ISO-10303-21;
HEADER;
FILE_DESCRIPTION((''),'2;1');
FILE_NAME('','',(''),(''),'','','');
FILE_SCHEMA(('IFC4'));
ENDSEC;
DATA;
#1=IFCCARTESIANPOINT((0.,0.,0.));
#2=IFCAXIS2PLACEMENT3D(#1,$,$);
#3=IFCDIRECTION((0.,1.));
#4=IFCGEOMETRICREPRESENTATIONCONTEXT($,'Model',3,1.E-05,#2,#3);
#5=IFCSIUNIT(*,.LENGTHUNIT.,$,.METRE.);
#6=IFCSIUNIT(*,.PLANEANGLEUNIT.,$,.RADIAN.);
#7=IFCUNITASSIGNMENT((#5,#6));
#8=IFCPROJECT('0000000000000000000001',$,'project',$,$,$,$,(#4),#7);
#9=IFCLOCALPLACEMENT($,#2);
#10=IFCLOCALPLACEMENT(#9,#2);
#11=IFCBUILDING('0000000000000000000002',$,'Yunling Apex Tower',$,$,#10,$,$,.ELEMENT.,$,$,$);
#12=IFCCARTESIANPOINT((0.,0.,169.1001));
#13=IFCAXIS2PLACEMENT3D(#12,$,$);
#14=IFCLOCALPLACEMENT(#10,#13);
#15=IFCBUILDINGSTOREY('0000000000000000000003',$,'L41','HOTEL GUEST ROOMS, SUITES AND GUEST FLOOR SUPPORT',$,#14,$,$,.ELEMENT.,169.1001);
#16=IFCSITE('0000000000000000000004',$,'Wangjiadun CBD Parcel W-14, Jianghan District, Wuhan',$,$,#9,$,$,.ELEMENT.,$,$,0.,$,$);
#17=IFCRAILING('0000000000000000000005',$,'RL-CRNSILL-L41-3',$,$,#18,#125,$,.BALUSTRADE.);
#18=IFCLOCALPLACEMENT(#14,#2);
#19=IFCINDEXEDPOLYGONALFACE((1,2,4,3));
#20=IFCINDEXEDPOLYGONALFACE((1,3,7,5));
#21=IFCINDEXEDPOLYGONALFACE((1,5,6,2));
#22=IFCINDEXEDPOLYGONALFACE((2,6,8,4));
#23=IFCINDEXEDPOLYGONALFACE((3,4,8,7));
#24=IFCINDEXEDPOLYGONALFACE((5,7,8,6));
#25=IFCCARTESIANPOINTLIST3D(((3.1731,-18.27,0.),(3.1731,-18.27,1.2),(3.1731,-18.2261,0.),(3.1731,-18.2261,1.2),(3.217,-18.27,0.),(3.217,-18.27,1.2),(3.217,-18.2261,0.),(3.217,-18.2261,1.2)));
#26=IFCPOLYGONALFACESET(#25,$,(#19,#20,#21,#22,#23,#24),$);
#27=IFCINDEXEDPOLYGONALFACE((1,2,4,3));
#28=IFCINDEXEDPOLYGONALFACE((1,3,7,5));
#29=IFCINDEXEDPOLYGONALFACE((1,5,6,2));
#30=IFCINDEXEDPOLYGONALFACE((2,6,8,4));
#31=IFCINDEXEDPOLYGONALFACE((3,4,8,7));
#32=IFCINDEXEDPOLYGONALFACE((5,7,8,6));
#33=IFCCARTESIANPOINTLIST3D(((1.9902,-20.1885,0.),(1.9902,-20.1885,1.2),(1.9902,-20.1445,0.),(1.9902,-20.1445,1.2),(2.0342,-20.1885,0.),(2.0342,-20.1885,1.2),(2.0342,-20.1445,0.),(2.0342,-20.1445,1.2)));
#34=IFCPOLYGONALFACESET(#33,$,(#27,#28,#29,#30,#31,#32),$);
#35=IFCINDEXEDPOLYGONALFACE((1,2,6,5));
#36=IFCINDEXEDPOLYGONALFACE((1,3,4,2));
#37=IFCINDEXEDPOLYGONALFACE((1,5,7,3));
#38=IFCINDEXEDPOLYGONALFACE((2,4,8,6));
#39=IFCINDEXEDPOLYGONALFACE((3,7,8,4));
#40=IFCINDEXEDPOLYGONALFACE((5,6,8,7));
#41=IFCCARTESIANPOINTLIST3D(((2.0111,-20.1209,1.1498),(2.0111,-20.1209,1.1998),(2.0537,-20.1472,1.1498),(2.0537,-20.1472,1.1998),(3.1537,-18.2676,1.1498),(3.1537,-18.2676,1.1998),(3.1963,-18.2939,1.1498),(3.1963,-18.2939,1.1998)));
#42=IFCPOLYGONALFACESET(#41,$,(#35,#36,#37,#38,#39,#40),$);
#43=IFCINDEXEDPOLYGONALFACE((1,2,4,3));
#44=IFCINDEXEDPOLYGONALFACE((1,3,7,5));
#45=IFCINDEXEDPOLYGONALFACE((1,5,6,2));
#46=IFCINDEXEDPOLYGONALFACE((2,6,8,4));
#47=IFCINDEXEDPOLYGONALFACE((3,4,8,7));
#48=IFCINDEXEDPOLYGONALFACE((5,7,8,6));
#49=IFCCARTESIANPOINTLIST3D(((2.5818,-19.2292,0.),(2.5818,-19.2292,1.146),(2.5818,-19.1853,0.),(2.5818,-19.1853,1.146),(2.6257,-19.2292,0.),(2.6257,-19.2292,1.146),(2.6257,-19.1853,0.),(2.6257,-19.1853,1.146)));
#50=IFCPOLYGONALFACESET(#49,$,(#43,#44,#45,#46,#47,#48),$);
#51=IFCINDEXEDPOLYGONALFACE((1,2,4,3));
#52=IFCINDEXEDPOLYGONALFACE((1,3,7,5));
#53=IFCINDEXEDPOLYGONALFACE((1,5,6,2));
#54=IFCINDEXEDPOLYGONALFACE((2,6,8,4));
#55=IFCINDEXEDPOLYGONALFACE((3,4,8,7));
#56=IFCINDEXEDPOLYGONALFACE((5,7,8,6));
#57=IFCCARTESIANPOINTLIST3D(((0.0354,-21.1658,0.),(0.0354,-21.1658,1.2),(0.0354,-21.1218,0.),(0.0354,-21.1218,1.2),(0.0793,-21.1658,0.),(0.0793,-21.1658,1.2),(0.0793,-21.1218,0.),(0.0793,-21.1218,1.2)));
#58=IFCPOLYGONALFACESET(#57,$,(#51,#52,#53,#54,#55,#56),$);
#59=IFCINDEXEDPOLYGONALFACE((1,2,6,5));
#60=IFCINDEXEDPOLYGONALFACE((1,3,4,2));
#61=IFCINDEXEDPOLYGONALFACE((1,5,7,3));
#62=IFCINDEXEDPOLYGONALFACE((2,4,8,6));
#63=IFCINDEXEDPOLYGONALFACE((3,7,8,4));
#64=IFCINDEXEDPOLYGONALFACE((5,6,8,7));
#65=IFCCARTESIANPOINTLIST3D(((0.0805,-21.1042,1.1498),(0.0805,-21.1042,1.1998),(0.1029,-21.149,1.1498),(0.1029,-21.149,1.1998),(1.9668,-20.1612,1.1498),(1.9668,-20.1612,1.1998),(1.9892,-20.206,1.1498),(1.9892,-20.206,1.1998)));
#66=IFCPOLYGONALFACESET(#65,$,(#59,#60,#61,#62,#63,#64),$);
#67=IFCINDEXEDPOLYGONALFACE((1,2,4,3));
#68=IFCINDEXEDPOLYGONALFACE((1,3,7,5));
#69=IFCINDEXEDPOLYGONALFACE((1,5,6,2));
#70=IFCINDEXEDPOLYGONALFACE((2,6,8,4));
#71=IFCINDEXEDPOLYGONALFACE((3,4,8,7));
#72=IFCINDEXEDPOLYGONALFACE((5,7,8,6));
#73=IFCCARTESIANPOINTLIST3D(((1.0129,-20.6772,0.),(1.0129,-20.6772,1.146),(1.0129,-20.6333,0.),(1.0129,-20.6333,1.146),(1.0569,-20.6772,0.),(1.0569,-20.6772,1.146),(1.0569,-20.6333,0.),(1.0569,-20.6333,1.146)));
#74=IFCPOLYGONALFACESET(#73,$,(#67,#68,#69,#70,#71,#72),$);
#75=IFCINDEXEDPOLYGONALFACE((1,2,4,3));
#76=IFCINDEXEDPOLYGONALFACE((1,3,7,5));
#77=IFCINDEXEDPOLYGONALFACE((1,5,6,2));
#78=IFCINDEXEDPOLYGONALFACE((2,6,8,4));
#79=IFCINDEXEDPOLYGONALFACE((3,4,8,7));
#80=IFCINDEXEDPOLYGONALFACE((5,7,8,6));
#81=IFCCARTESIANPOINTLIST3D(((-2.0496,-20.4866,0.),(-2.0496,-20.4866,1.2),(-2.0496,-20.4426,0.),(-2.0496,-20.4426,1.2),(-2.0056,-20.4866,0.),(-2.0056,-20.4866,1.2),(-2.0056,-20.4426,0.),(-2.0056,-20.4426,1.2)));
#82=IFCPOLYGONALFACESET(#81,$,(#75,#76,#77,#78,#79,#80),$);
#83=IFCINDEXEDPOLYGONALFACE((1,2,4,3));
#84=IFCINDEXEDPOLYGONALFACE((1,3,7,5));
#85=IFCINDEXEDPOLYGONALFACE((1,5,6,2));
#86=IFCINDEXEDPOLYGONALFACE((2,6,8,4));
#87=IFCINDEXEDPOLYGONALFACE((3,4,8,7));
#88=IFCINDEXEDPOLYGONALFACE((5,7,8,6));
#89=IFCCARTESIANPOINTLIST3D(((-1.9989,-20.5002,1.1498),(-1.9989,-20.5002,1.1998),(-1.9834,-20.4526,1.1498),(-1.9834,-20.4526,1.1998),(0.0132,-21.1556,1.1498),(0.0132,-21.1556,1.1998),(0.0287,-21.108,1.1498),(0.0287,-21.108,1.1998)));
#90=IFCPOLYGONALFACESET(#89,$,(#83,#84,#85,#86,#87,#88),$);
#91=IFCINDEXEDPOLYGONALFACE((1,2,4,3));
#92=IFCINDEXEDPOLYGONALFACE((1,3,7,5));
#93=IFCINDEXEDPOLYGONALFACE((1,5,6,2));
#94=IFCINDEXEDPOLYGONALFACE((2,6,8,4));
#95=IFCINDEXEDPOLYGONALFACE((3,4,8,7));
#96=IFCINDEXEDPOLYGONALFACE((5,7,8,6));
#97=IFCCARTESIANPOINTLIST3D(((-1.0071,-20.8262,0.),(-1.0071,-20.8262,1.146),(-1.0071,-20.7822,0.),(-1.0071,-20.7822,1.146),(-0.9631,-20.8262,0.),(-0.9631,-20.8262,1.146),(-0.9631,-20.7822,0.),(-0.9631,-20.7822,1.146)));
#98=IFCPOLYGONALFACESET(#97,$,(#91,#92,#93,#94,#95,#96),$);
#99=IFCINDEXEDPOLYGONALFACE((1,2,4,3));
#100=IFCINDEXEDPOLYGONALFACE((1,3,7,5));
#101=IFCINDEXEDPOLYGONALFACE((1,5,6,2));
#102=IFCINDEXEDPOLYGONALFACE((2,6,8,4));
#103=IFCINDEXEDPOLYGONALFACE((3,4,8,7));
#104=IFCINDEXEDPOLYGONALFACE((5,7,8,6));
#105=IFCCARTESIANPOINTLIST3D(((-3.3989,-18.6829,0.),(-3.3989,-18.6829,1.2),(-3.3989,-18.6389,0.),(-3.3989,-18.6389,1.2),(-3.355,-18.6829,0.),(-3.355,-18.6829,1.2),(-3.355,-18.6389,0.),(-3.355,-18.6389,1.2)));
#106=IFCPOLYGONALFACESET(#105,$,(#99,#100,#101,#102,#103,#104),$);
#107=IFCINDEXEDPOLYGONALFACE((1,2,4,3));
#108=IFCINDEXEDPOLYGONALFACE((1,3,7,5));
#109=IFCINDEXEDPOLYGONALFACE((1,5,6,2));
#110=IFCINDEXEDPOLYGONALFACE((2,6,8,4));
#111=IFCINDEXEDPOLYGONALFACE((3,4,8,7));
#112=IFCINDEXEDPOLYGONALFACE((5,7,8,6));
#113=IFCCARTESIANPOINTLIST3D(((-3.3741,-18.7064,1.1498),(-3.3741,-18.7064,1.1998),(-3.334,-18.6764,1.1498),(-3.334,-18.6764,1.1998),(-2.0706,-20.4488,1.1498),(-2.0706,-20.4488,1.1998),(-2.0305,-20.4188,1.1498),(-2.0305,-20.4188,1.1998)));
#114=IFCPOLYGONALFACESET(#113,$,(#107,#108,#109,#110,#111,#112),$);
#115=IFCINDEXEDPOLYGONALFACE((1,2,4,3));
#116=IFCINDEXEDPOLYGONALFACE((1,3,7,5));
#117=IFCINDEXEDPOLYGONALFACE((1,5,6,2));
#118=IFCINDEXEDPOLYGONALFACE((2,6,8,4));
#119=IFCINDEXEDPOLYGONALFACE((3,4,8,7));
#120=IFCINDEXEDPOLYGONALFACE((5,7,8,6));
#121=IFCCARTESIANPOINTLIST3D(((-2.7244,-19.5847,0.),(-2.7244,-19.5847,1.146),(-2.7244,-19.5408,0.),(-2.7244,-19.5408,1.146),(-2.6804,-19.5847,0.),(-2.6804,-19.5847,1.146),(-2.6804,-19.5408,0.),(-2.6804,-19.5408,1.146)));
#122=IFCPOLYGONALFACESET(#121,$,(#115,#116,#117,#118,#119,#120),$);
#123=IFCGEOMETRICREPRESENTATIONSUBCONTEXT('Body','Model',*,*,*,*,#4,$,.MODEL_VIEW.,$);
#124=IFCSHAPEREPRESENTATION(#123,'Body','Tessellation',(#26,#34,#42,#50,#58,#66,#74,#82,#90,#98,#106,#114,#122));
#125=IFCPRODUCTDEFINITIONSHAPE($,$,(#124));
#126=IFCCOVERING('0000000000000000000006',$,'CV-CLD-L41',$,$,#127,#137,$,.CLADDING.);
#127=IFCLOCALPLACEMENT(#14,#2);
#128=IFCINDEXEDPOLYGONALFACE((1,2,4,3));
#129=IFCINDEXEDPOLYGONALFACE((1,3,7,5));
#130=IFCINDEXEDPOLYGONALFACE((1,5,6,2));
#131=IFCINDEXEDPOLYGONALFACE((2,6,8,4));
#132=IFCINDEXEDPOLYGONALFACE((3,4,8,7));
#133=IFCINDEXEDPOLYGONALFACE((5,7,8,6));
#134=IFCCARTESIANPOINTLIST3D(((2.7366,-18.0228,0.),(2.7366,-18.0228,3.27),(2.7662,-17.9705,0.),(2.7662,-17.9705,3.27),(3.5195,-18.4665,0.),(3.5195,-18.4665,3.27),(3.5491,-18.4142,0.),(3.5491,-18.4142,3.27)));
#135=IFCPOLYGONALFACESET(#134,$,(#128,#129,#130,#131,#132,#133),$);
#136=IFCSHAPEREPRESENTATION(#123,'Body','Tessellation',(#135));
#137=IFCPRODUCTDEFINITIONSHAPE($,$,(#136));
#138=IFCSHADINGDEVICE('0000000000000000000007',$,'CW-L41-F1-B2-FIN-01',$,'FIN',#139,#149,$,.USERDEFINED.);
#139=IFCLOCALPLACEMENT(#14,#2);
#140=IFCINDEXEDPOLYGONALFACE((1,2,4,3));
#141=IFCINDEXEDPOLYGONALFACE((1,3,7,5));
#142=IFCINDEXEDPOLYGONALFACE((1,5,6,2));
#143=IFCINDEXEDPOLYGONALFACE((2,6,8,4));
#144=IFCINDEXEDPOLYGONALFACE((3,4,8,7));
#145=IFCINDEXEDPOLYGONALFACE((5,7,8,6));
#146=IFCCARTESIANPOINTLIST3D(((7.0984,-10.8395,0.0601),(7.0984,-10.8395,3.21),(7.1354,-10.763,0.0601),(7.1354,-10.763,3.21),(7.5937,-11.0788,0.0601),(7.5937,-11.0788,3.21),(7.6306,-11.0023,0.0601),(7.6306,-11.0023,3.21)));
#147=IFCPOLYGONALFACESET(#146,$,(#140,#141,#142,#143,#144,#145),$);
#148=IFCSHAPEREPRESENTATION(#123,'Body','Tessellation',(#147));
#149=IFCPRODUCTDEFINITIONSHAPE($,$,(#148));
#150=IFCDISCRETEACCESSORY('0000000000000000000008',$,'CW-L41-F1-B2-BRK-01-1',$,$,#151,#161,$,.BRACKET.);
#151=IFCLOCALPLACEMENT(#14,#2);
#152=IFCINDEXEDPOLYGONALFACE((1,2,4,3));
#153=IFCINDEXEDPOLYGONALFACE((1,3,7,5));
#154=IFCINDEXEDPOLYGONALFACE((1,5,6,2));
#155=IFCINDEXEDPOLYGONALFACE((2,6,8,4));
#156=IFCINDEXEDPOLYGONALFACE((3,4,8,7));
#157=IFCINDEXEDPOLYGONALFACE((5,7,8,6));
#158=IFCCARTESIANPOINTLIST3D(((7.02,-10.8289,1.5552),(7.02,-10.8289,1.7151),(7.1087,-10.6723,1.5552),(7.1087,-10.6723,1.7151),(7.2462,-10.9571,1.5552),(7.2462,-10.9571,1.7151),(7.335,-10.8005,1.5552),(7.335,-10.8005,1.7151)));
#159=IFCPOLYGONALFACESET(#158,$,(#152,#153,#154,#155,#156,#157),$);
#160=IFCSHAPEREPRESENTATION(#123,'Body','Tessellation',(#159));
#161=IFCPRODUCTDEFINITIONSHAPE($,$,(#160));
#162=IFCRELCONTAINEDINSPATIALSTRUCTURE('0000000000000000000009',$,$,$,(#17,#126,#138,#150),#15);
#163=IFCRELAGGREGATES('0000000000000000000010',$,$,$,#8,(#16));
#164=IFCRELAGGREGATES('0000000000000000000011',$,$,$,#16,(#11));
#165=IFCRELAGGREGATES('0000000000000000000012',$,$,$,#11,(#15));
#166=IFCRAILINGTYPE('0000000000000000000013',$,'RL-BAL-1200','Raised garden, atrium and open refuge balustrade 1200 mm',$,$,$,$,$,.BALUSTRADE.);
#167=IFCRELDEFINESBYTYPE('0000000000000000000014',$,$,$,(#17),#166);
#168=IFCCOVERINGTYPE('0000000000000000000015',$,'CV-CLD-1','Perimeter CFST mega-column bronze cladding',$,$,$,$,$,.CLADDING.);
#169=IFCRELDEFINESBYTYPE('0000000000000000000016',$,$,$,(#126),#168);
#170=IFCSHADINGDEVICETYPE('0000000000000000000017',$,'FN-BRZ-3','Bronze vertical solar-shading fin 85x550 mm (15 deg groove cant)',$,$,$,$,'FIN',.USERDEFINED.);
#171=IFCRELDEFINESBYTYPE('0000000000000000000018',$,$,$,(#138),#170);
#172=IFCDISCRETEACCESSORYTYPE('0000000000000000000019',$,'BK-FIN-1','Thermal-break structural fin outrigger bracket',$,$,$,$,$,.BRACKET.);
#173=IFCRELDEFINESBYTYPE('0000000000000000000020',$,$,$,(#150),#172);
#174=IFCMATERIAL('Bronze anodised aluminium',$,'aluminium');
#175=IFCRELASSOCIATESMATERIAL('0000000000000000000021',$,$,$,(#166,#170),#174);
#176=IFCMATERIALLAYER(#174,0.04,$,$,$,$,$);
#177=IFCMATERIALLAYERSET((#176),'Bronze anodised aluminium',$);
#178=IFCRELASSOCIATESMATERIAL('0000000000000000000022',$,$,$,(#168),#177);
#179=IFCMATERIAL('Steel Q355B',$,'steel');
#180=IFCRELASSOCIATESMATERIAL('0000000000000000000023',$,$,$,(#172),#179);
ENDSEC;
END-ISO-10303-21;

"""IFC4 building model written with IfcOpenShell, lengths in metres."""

from ifc_helpers import new_model, si_unit, direction, frame, origin, origin_2d, place, context, subcontext, project, spatial, rectangle, extrude, source, transform, mapped, material, layer, layer_set, material_profile, profile_set, type_object, element, save


model = new_model("IFC4")

# Units and contexts
model_context = context("Model", 3, precision=1e-05, world=origin(), true_north=direction((0.0, 1.0)))
body_context = subcontext(model_context, "Body", "Model", "MODEL_VIEW")
ifc_project = project(units=[si_unit("LENGTHUNIT", "METRE"), si_unit("PLANEANGLEUNIT", "RADIAN")], contexts=[model_context])

# Site, building, storey
site_placement = place(None, origin())
site = spatial("IfcSite", under=ifc_project, at=site_placement, Name="Wangjiadun CBD Parcel W-14, Jianghan District, Wuhan", CompositionType="ELEMENT", RefElevation=0.0)
building_placement = place(site_placement, origin())
building = spatial("IfcBuilding", under=site, at=building_placement, Name="Yunling Apex Tower", CompositionType="ELEMENT")
storey_placement = place(building_placement, frame((0.0, 0.0, 169.1001)))
storey = spatial("IfcBuildingStorey", under=building, at=storey_placement, Name="L41", Description="HOTEL GUEST ROOMS, SUITES AND GUEST FLOOR SUPPORT", CompositionType="ELEMENT", Elevation=169.1001)

# Shared definitions
ifc_material_1 = material(Name="Steel Q355B", Category="steel")

# Shared definitions
ifc_material_2 = material(Name="Bronze anodised aluminium", Category="aluminium")

# Railing
railing_type = type_object("IfcRailingType", Name="RL-BAL-1200", Description="Raised garden, atrium and open refuge balustrade 1200 mm", PredefinedType="BALUSTRADE", material=ifc_material_2)
railing_placement = place(storey_placement, frame((3.1951, -18.248, 0.0)))
element("IfcRailing", 1, at=railing_placement, inside=storey, type_object=railing_type, Name="RL-CRNSILL-L41-3", PredefinedType="BALUSTRADE", context=body_context, shape_type="SweptSolid", body=[
    extrude(rectangle(XDim=0.0439, YDim=0.0439, at=origin_2d()), origin(), (0.0, 0.0, 1.0), 1.2),
    extrude(rectangle(XDim=0.0439, YDim=0.0439, at=origin_2d()), frame((-1.1829, -1.9185, 0.0)), (0.0, 0.0, 1.0), 1.2),
    extrude(rectangle(XDim=0.05, YDim=0.05, at=origin_2d()), frame((-0.02, -0.0327, 1.1748), z_axis=(-0.524829, -0.851208, 0.0), x_axis=(0.851208, -0.524829, 0.0)), (0.0, 0.0, 1.0), 2.1772),
    extrude(rectangle(XDim=0.0439, YDim=0.0439, at=origin_2d()), frame((-0.5913, -0.9592, 0.0)), (0.0, 0.0, 1.0), 1.146),
    extrude(rectangle(XDim=0.0439, YDim=0.0439, at=origin_2d()), frame((-3.1377, -2.8958, 0.0)), (0.0, 0.0, 1.0), 1.2),
    extrude(rectangle(XDim=0.05, YDim=0.05, at=origin_2d()), frame((-1.217, -1.9355, 1.1748), z_axis=(-0.89445, -0.447169, 0.0), x_axis=(0.447169, -0.89445, 0.0)), (0.0, 0.0, 1.0), 2.1089),
    extrude(rectangle(XDim=0.0439, YDim=0.0439, at=origin_2d()), frame((-2.1602, -2.4072, 0.0)), (0.0, 0.0, 1.0), 1.146),
    extrude(rectangle(XDim=0.0439, YDim=0.0439, at=origin_2d()), frame((-5.2227, -2.2166, 0.0)), (0.0, 0.0, 1.0), 1.2),
    extrude(rectangle(XDim=0.05, YDim=0.05, at=origin_2d()), frame((-3.1741, -2.8838, 1.1748), z_axis=(-0.950821, 0.309741, 0.0), x_axis=(-0.309741, -0.950821, 0.0)), (0.0, 0.0, 1.0), 2.1162),
    extrude(rectangle(XDim=0.0439, YDim=0.0439, at=origin_2d()), frame((-4.1802, -2.5562, 0.0)), (0.0, 0.0, 1.0), 1.146),
    extrude(rectangle(XDim=0.0439, YDim=0.0439, at=origin_2d()), frame((-6.572, -0.4128, 0.0)), (0.0, 0.0, 1.0), 1.2),
    extrude(rectangle(XDim=0.05, YDim=0.05, at=origin_2d()), frame((-5.2456, -2.1858, 1.1748), z_axis=(-0.599028, 0.800728, 0.0), x_axis=(-0.800728, -0.599028, 0.0)), (0.0, 0.0, 1.0), 2.176),
    extrude(rectangle(XDim=0.0439, YDim=0.0439, at=origin_2d()), frame((-5.8975, -1.3147, 0.0)), (0.0, 0.0, 1.0), 1.146),
])

# Covering
ifc_layer_1 = layer(ifc_material_2, 0.04)
ifc_layer_set_1 = layer_set([ifc_layer_1], Name="Bronze anodised aluminium")
covering_type = type_object("IfcCoveringType", Name="CV-CLD-1", Description="Perimeter CFST mega-column bronze cladding", PredefinedType="CLADDING", material=ifc_layer_set_1)
shared_shape_1 = source(origin(), body_context, "Body", "SweptSolid", [
    extrude(rectangle(XDim=0.0601, YDim=0.8999, at=origin_2d()), origin(), (0.0, 0.0, 1.0), 3.27),
])
covering_placement = place(storey_placement, frame((3.1428, -18.2185, 0.0), z_axis=(0.0, 0.0, 1.0), x_axis=(0.493031, 0.870012, 0.0)))
element("IfcCovering", 2, at=covering_placement, inside=storey, type_object=covering_type, Name="CV-CLD-L41", PredefinedType="CLADDING", context=body_context, shape_type="MappedRepresentation", body=[
    mapped(shared_shape_1, transform((0.0, 0.0, 0.0), scale=1.0)),
])

# Shading device
ifc_material_profile_1 = material_profile(ifc_material_2, rectangle(XDim=0.085, YDim=0.55, at=origin_2d()))
ifc_profile_set_1 = profile_set([ifc_material_profile_1], Name="Bronze anodised aluminium")
shading_device_type = type_object("IfcShadingDeviceType", Name="FN-BRZ-3", Description="Bronze vertical solar-shading fin 85x550 mm (15 deg groove cant)", ElementType="FIN", PredefinedType="USERDEFINED", material=ifc_profile_set_1)
shared_shape_2 = source(origin(), body_context, "Body", "SweptSolid", [
    extrude(rectangle(XDim=0.085, YDim=0.55, at=origin_2d()), origin(), (0.0, 0.0, 1.0), 3.1499),
])
shading_device_placement = place(storey_placement, frame((7.3645, -10.9209, 0.0601), z_axis=(0.0, 0.0, 1.0), x_axis=(0.435074, 0.900395, 0.0)))
element("IfcShadingDevice", 3, at=shading_device_placement, inside=storey, type_object=shading_device_type, Name="CW-L41-F1-B2-FIN-01", ObjectType="FIN", PredefinedType="USERDEFINED", context=body_context, shape_type="MappedRepresentation", body=[
    mapped(shared_shape_2, transform((0.0, 0.0, 0.0), scale=1.0)),
])

# Discrete accessory
discrete_accessory_type = type_object("IfcDiscreteAccessoryType", Name="BK-FIN-1", Description="Thermal-break structural fin outrigger bracket", PredefinedType="BRACKET", material=ifc_material_1)
shared_shape_3 = source(origin(), body_context, "Body", "SweptSolid", [
    extrude(rectangle(XDim=0.1799, YDim=0.26, at=origin_2d()), origin(), (0.0, 0.0, 1.0), 0.1599),
])
discrete_accessory_placement = place(storey_placement, frame((7.1775, -10.8147, 1.5552), z_axis=(0.0, 0.0, 1.0), x_axis=(0.493031, 0.870012, 0.0)))
element("IfcDiscreteAccessory", 4, at=discrete_accessory_placement, inside=storey, type_object=discrete_accessory_type, Name="CW-L41-F1-B2-BRK-01-1", PredefinedType="BRACKET", context=body_context, shape_type="MappedRepresentation", body=[
    mapped(shared_shape_3, transform((0.0, 0.0, 0.0), scale=1.0)),
])

save(model, "model.ifc")
